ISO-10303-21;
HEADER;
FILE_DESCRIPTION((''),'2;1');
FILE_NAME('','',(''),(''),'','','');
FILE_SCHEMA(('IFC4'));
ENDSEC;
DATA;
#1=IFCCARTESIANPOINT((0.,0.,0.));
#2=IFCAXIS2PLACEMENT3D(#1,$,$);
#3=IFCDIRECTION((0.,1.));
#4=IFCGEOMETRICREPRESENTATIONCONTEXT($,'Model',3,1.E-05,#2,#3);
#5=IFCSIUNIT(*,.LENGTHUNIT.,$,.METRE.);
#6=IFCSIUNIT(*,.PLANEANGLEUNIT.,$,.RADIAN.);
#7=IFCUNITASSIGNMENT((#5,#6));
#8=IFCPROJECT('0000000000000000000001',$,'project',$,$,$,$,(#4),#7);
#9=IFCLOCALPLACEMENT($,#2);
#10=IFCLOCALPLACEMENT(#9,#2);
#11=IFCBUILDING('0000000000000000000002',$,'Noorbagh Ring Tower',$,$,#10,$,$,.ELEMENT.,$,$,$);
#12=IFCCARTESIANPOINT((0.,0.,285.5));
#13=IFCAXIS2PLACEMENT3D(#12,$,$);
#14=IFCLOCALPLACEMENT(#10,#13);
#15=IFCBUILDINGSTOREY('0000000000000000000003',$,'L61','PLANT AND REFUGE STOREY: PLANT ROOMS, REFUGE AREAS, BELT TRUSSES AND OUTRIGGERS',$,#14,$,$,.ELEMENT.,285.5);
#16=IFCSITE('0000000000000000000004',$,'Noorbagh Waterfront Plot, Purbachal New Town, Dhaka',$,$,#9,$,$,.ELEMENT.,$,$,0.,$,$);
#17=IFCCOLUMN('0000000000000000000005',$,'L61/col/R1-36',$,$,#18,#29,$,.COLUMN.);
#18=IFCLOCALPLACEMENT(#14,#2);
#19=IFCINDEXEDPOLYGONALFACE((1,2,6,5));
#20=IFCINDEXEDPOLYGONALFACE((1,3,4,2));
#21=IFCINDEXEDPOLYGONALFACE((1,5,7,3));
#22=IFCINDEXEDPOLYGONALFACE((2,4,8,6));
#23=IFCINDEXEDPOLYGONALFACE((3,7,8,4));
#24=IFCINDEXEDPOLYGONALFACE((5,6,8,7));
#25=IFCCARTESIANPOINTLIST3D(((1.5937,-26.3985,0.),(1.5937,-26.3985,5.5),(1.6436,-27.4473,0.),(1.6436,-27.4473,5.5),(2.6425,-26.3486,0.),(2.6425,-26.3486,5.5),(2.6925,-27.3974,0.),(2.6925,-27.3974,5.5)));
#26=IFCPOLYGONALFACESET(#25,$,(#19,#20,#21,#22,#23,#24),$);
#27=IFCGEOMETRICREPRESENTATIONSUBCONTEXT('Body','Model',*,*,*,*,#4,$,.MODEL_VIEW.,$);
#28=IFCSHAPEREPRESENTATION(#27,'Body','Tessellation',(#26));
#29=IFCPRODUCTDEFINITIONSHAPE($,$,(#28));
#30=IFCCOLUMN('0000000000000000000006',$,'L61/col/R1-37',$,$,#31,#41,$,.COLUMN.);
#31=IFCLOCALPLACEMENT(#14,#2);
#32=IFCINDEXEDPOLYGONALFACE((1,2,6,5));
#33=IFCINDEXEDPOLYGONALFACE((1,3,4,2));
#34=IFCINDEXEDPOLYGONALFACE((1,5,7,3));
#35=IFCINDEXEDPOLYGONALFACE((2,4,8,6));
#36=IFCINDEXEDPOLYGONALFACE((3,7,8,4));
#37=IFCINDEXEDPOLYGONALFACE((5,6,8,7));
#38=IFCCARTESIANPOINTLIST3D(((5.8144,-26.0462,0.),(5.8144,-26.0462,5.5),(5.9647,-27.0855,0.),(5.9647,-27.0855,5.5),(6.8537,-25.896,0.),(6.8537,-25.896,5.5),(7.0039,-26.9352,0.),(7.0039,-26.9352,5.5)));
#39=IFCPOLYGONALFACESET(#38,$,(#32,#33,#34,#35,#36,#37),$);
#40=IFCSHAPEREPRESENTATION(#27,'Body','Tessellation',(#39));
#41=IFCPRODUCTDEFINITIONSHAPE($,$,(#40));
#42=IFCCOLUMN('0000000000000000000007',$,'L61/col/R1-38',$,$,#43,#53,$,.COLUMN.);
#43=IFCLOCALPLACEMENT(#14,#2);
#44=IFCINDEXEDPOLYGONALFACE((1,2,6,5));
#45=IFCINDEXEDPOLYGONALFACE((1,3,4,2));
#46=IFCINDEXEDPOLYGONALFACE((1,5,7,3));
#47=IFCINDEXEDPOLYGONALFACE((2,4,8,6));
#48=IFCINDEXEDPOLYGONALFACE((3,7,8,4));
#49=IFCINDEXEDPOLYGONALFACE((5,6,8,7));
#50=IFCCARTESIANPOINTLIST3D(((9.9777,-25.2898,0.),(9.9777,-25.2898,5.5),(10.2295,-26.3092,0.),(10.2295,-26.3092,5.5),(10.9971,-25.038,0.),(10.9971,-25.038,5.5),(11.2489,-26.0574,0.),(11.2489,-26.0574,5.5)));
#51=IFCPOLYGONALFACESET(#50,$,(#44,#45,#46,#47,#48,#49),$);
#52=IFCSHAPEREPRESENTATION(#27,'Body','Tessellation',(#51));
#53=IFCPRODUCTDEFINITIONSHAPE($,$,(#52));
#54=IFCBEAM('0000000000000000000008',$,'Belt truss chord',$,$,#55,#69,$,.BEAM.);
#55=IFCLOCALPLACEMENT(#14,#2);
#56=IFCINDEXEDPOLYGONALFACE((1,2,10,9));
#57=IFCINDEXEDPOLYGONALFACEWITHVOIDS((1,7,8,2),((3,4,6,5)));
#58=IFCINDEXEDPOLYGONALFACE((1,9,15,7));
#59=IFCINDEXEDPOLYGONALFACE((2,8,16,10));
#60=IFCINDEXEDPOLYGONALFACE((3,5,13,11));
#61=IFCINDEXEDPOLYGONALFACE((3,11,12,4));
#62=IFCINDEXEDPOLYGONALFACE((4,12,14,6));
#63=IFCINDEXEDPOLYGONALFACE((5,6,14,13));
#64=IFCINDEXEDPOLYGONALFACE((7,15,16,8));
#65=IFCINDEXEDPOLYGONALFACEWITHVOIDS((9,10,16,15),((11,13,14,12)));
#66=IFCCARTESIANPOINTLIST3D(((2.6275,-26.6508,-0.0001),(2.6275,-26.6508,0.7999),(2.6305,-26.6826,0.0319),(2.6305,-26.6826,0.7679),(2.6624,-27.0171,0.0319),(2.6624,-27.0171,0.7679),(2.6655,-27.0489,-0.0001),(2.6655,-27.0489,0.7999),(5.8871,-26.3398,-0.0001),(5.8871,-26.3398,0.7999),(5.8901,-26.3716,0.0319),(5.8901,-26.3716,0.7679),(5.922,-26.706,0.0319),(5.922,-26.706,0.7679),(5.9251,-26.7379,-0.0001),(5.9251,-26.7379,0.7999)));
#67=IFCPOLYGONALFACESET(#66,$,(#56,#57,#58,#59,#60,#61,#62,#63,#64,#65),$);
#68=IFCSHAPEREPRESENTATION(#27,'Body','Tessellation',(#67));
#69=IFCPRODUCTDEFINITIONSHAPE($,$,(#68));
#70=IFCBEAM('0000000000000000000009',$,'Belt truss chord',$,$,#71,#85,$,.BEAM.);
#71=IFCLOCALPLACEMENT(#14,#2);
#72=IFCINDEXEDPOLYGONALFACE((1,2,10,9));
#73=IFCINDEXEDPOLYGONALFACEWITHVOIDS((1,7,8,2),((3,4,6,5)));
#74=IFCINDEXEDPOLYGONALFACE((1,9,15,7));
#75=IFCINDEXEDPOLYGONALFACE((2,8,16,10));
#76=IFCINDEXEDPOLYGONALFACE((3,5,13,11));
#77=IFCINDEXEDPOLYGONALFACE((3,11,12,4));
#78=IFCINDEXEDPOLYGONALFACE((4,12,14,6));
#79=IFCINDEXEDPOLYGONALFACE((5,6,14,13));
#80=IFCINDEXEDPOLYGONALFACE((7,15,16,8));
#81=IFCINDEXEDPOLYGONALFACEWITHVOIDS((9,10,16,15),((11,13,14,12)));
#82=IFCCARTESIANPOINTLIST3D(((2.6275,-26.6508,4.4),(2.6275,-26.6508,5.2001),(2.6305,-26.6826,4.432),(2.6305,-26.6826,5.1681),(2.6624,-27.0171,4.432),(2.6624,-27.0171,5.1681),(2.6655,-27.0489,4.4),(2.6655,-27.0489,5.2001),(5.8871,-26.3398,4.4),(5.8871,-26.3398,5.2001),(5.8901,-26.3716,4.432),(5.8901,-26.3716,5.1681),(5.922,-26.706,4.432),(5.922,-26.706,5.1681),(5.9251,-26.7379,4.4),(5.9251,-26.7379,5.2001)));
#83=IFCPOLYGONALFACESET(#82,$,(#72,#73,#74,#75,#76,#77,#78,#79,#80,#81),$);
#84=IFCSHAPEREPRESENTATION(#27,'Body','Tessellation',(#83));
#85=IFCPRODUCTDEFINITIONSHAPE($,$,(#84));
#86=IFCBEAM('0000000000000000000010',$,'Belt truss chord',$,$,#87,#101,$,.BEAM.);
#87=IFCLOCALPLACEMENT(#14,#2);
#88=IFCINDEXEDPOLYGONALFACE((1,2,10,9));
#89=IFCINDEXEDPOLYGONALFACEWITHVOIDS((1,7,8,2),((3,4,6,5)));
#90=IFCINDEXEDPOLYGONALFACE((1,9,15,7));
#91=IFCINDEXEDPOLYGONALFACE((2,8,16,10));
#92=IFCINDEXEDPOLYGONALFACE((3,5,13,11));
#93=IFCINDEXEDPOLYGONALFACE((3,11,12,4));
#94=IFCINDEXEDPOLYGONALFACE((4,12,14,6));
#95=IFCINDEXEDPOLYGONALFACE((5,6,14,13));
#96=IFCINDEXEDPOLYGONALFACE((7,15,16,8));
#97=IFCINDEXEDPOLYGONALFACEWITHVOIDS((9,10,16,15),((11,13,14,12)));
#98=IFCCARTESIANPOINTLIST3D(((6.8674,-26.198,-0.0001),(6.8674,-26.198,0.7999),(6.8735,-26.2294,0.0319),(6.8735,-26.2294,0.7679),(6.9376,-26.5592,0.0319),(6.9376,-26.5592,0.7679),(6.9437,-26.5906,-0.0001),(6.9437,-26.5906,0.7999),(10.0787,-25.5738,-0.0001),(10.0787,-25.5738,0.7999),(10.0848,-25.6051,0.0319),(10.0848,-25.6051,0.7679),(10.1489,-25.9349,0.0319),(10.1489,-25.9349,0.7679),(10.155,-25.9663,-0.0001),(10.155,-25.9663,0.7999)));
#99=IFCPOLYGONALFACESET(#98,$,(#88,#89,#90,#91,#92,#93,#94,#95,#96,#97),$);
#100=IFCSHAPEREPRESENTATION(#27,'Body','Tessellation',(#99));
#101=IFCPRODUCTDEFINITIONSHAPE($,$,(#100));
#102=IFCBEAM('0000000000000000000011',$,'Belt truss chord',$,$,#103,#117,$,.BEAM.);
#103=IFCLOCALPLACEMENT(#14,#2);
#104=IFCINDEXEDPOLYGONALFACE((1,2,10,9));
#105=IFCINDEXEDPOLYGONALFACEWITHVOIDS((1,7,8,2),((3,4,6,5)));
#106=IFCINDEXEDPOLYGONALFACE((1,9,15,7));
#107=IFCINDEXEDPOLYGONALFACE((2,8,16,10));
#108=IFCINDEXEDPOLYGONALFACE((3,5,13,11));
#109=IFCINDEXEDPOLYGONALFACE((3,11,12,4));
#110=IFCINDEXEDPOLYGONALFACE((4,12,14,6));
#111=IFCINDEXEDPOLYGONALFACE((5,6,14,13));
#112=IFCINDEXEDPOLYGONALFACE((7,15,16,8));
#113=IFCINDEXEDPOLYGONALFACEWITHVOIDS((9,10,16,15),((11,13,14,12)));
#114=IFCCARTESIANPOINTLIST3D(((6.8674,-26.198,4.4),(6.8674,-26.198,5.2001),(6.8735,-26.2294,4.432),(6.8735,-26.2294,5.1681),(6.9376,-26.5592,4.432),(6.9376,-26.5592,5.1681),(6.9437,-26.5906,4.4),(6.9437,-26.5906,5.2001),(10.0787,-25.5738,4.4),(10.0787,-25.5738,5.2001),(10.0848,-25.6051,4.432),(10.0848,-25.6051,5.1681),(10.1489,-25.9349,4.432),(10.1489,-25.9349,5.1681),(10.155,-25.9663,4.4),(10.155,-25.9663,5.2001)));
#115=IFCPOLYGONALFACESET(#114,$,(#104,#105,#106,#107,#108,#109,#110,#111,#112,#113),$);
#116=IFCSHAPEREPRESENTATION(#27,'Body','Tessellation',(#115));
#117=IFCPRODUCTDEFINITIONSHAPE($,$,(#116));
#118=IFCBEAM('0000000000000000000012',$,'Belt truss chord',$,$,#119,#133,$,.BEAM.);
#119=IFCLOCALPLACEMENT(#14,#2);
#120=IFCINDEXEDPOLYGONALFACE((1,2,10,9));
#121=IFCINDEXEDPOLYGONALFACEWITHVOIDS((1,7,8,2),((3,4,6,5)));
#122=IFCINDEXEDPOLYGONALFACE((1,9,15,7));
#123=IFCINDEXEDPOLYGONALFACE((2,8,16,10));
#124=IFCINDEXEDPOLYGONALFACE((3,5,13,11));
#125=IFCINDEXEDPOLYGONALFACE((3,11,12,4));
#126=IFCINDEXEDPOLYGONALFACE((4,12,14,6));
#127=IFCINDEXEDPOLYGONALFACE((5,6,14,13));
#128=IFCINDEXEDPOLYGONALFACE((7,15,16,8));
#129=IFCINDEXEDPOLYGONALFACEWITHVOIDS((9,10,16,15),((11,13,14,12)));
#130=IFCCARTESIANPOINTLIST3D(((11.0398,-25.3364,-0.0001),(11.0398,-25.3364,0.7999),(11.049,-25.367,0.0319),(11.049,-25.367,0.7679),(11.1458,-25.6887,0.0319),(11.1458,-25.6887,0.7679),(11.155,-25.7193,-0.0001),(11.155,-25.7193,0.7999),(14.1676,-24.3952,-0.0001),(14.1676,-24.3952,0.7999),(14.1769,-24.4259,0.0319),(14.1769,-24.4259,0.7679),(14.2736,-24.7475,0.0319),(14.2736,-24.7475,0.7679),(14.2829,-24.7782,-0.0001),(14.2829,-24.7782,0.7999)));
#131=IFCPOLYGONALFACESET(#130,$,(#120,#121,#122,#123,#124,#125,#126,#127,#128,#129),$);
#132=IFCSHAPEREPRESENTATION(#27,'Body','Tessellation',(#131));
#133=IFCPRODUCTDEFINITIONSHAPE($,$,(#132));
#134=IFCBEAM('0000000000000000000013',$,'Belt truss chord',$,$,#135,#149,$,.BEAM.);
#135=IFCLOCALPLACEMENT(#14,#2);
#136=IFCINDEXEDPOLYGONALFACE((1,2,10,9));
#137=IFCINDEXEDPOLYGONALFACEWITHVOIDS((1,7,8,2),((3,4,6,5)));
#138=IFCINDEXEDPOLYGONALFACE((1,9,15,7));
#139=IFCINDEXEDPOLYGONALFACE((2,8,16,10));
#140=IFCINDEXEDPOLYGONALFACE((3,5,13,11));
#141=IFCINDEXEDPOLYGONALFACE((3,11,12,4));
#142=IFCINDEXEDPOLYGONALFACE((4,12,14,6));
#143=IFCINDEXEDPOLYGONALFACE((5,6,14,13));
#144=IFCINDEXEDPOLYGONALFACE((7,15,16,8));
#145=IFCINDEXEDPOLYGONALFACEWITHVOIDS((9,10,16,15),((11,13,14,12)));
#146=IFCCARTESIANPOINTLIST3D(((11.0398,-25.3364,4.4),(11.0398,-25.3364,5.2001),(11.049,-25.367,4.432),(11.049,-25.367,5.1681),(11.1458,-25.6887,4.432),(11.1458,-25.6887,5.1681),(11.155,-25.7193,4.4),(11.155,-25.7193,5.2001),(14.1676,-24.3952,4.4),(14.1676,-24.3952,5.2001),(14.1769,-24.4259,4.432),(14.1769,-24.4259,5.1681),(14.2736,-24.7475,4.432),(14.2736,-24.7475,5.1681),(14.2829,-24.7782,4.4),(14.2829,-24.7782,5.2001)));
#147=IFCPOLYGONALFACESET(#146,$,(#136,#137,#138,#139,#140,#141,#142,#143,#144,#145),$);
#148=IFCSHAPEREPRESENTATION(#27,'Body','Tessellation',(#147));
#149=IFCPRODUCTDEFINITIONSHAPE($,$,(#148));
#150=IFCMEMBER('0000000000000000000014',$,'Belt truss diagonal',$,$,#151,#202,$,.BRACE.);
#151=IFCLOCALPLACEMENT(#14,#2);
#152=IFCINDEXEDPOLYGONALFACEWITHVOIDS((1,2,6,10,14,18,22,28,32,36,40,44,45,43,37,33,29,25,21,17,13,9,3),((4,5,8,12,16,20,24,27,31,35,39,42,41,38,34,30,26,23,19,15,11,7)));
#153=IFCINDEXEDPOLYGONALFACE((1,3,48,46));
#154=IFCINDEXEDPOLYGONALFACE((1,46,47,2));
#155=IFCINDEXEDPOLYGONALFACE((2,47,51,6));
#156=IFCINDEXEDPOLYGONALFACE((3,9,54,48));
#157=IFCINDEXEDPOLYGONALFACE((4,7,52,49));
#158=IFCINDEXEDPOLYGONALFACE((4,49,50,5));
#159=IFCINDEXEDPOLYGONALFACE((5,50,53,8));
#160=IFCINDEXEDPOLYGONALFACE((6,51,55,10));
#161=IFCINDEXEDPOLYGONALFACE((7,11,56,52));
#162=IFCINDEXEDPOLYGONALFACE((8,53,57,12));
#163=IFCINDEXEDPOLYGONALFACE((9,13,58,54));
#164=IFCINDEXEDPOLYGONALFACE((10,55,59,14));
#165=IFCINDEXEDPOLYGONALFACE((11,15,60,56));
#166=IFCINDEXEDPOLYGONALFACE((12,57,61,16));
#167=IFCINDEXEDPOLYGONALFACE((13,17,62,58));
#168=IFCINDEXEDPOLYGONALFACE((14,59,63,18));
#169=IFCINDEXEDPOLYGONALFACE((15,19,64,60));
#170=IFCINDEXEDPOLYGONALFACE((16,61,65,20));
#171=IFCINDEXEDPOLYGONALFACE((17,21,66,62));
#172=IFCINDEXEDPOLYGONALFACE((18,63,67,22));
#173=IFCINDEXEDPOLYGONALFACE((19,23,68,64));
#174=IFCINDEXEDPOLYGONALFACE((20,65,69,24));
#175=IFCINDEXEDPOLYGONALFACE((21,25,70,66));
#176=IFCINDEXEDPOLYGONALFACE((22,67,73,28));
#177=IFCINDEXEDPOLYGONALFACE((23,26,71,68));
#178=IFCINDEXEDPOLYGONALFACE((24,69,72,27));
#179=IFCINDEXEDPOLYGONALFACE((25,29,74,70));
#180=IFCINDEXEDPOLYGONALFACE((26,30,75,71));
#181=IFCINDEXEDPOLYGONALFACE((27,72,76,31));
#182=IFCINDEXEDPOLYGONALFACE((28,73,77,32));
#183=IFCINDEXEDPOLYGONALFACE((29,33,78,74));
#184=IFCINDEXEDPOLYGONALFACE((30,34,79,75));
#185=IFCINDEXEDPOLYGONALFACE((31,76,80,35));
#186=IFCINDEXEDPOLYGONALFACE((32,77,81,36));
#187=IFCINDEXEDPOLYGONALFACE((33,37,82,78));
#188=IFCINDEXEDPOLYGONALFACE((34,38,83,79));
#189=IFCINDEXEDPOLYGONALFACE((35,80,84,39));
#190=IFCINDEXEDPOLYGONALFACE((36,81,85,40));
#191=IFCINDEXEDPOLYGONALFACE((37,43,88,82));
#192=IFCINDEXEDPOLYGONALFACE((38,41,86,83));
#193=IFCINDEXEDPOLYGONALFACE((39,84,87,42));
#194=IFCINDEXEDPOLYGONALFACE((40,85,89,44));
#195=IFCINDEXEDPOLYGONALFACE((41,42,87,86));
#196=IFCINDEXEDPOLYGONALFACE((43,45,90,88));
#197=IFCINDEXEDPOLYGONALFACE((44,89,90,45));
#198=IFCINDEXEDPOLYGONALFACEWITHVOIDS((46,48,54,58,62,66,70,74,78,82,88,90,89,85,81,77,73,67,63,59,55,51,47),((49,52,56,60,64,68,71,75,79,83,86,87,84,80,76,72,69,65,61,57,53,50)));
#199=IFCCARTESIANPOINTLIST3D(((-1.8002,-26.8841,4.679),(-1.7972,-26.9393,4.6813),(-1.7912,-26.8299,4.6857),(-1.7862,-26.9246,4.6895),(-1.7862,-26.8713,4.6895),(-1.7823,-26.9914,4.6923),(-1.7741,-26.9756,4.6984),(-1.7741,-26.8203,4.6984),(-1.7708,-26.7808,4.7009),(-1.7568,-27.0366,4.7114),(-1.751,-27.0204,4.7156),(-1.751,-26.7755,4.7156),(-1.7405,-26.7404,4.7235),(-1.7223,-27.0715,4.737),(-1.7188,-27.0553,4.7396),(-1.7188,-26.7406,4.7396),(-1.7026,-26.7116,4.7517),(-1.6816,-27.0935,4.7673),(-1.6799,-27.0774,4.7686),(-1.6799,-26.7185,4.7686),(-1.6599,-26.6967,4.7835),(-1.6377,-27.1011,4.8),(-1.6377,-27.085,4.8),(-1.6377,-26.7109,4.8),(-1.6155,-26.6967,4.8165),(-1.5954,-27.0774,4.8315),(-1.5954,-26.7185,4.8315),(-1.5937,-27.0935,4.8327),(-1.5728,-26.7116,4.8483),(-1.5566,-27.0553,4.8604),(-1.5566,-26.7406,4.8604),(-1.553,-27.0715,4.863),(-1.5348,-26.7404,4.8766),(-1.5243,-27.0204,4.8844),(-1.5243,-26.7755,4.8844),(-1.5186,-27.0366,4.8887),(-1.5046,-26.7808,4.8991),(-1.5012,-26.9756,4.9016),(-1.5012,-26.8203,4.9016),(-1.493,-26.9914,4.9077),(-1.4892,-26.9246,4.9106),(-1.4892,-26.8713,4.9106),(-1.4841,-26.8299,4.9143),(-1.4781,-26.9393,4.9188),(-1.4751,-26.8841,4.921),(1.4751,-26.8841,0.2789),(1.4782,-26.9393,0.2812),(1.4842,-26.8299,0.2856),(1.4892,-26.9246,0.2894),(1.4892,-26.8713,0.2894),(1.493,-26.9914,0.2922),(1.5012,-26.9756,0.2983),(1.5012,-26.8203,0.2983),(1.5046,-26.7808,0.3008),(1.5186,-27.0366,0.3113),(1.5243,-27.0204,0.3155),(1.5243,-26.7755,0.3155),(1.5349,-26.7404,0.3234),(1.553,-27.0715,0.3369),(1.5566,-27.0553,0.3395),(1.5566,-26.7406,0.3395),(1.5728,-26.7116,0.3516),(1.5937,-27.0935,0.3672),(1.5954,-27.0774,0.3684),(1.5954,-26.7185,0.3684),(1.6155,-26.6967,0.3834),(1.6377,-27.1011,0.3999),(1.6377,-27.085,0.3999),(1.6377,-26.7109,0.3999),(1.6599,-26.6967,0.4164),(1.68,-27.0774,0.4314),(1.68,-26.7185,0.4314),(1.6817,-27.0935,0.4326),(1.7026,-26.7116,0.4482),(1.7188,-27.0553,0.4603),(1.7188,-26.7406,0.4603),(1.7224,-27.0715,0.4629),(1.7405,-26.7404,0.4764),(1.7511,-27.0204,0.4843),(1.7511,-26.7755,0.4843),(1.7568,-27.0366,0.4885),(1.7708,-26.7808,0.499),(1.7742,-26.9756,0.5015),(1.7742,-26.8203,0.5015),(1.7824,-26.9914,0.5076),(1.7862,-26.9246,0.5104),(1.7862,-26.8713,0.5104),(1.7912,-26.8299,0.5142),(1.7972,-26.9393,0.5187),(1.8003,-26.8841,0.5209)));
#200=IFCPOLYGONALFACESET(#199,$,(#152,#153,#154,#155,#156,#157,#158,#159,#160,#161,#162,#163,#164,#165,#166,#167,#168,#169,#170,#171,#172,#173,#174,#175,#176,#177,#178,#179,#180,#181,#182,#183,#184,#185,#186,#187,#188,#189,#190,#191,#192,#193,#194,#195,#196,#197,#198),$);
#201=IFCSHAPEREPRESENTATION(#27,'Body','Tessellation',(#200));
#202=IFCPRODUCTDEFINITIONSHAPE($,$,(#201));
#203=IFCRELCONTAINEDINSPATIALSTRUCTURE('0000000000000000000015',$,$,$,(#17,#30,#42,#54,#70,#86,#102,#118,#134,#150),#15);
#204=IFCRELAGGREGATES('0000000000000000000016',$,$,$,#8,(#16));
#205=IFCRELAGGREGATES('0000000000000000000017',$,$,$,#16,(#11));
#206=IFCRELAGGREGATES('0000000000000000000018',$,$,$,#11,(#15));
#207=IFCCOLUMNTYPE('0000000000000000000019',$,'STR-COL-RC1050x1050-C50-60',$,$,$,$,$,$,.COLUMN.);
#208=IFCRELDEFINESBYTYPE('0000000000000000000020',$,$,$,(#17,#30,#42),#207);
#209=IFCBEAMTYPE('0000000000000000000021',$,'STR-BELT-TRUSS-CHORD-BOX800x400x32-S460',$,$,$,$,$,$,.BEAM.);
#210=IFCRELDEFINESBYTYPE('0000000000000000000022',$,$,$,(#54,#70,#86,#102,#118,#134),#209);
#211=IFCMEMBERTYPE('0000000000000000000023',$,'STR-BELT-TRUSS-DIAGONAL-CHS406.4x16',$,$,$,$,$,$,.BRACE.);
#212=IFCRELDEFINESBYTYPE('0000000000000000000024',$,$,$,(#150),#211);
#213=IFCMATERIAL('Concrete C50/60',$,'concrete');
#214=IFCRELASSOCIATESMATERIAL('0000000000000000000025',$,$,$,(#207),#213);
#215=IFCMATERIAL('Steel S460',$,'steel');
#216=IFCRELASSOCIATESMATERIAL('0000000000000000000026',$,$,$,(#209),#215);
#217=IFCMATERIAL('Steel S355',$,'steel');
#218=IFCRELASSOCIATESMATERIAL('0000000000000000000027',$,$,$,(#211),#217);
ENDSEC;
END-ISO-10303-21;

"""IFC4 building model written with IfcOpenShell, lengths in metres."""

from ifc_helpers import new_model, si_unit, direction, frame, origin, origin_2d, place, context, subcontext, project, spatial, rectangle, hollow_rectangle, hollow_circle, extrude, material, material_profile, profile_set, type_object, element, save


model = new_model("IFC4")

# Units and contexts
model_context = context("Model", 3, precision=1e-05, world=origin(), true_north=direction((0.0, 1.0)))
body_context = subcontext(model_context, "Body", "Model", "MODEL_VIEW")
ifc_project = project(units=[si_unit("LENGTHUNIT", "METRE"), si_unit("PLANEANGLEUNIT", "RADIAN")], contexts=[model_context])

# Site, building, storey
site_placement = place(None, origin())
site = spatial("IfcSite", under=ifc_project, at=site_placement, Name="Noorbagh Waterfront Plot, Purbachal New Town, Dhaka", CompositionType="ELEMENT", RefElevation=0.0)
building_placement = place(site_placement, origin())
building = spatial("IfcBuilding", under=site, at=building_placement, Name="Noorbagh Ring Tower", CompositionType="ELEMENT")
storey_placement = place(building_placement, frame((0.0, 0.0, 285.5)))
storey = spatial("IfcBuildingStorey", under=building, at=storey_placement, Name="L61", Description="PLANT AND REFUGE STOREY: PLANT ROOMS, REFUGE AREAS, BELT TRUSSES AND OUTRIGGERS", CompositionType="ELEMENT", Elevation=285.5)

# Columns
ifc_material_1 = material(Name="Concrete C50/60", Category="concrete")
ifc_material_profile_1 = material_profile(ifc_material_1, rectangle(XDim=1.05, YDim=1.05, at=origin_2d()), Name="RC1050x1050")
ifc_profile_set_1 = profile_set([ifc_material_profile_1], Name="Concrete C50/60")
column_type = type_object("IfcColumnType", Name="STR-COL-RC1050x1050-C50-60", PredefinedType="COLUMN", material=ifc_profile_set_1)
for number, where, z_axis, x_axis, name in (
    (1, (2.1431, -26.8979, 0.0), (0.0, 0.0, 1.0), (0.998869, 0.047553, 0.0), "L61/col/R1-36"),
    (2, (6.4092, -26.4907, 0.0), (0.0, 0.0, 1.0), (0.989713, 0.143066, 0.0), "L61/col/R1-37"),
    (3, (10.6133, -25.6736, 0.0), (0.0, 0.0, 1.0), (0.970829, 0.239771, 0.0), "L61/col/R1-38"),
):
    element("IfcColumn", number, at=place(storey_placement, frame(where, z_axis=z_axis, x_axis=x_axis)), inside=storey, type_object=column_type, Name=name, PredefinedType="COLUMN", context=body_context, shape_type="SweptSolid", body=[
        extrude(rectangle(XDim=1.05, YDim=1.05, at=origin_2d()), origin(), (0.0, 0.0, 1.0), 5.5),
    ])

# Beams
ifc_material_2 = material(Name="Steel S460", Category="steel")
ifc_material_profile_2 = material_profile(ifc_material_2, hollow_rectangle(XDim=0.3999, YDim=0.8, WallThickness=0.032, at=origin_2d()), Name="BOX800x400x32")
ifc_profile_set_2 = profile_set([ifc_material_profile_2], Name="Steel S460")
beam_type_1 = type_object("IfcBeamType", Name="STR-BELT-TRUSS-CHORD-BOX800x400x32-S460", PredefinedType="BEAM", material=ifc_profile_set_2)
for number, where, z_axis, x_axis, name in (
    (4, (2.6465, -26.8499, 0.3999), (0.995478, 0.094992, 0.0), (-0.094992, 0.995478, 0.0), "Belt truss chord"),
    (5, (2.6465, -26.8499, 4.8), (0.995478, 0.094992, 0.0), (-0.094992, 0.995478, 0.0), "Belt truss chord"),
):
    element("IfcBeam", number, at=place(storey_placement, frame(where, z_axis=z_axis, x_axis=x_axis)), inside=storey, type_object=beam_type_1, Name=name, PredefinedType="BEAM", context=body_context, shape_type="SweptSolid", body=[
        extrude(hollow_rectangle(XDim=0.3999, YDim=0.8, WallThickness=0.032, at=origin_2d()), origin(), (0.0, 0.0, 1.0), 3.2744),
    ])
for number, where, z_axis, x_axis, name in (
    (6, (6.9055, -26.3943, 0.3999), (0.981625, 0.190818, 0.0), (-0.190818, 0.981625, 0.0), "Belt truss chord"),
    (7, (6.9055, -26.3943, 4.8), (0.981625, 0.190818, 0.0), (-0.190818, 0.981625, 0.0), "Belt truss chord"),
):
    element("IfcBeam", number, at=place(storey_placement, frame(where, z_axis=z_axis, x_axis=x_axis)), inside=storey, type_object=beam_type_1, Name=name, PredefinedType="BEAM", context=body_context, shape_type="SweptSolid", body=[
        extrude(hollow_rectangle(XDim=0.3999, YDim=0.8, WallThickness=0.032, at=origin_2d()), origin(), (0.0, 0.0, 1.0), 3.2715),
    ])
for number, where, z_axis, x_axis, name in (
    (8, (11.0974, -25.5278, 0.3999), (0.957591, 0.288129, 0.0), (-0.288129, 0.957591, 0.0), "Belt truss chord"),
    (9, (11.0974, -25.5278, 4.8), (0.957591, 0.288129, 0.0), (-0.288129, 0.957591, 0.0), "Belt truss chord"),
):
    element("IfcBeam", number, at=place(storey_placement, frame(where, z_axis=z_axis, x_axis=x_axis)), inside=storey, type_object=beam_type_1, Name=name, PredefinedType="BEAM", context=body_context, shape_type="SweptSolid", body=[
        extrude(hollow_rectangle(XDim=0.3999, YDim=0.8, WallThickness=0.032, at=origin_2d()), origin(), (0.0, 0.0, 1.0), 3.2664),
    ])

# Member
ifc_material_3 = material(Name="Steel S355", Category="steel")
ifc_material_profile_3 = material_profile(ifc_material_3, hollow_circle(Radius=0.2031, WallThickness=0.0161, at=origin_2d()), Name="CHS406.4x16")
ifc_profile_set_3 = profile_set([ifc_material_profile_3], Name="Steel S355")
member_type = type_object("IfcMemberType", Name="STR-BELT-TRUSS-DIAGONAL-CHS406.4x16", PredefinedType="BRACE", material=ifc_profile_set_3)
member_1_placement = place(storey_placement, frame((1.6377, -26.8979, 0.3999), z_axis=(-0.597112, 0.0, 0.802158), x_axis=(0.0, -1.0, 0.0)))
element("IfcMember", 10, at=member_1_placement, inside=storey, type_object=member_type, Name="Belt truss diagonal", PredefinedType="BRACE", context=body_context, shape_type="SweptSolid", body=[
    extrude(hollow_circle(Radius=0.2031, WallThickness=0.0161, at=origin_2d()), origin(), (0.0, 0.0, 1.0), 5.4854),
])

save(model, "model.ifc")
